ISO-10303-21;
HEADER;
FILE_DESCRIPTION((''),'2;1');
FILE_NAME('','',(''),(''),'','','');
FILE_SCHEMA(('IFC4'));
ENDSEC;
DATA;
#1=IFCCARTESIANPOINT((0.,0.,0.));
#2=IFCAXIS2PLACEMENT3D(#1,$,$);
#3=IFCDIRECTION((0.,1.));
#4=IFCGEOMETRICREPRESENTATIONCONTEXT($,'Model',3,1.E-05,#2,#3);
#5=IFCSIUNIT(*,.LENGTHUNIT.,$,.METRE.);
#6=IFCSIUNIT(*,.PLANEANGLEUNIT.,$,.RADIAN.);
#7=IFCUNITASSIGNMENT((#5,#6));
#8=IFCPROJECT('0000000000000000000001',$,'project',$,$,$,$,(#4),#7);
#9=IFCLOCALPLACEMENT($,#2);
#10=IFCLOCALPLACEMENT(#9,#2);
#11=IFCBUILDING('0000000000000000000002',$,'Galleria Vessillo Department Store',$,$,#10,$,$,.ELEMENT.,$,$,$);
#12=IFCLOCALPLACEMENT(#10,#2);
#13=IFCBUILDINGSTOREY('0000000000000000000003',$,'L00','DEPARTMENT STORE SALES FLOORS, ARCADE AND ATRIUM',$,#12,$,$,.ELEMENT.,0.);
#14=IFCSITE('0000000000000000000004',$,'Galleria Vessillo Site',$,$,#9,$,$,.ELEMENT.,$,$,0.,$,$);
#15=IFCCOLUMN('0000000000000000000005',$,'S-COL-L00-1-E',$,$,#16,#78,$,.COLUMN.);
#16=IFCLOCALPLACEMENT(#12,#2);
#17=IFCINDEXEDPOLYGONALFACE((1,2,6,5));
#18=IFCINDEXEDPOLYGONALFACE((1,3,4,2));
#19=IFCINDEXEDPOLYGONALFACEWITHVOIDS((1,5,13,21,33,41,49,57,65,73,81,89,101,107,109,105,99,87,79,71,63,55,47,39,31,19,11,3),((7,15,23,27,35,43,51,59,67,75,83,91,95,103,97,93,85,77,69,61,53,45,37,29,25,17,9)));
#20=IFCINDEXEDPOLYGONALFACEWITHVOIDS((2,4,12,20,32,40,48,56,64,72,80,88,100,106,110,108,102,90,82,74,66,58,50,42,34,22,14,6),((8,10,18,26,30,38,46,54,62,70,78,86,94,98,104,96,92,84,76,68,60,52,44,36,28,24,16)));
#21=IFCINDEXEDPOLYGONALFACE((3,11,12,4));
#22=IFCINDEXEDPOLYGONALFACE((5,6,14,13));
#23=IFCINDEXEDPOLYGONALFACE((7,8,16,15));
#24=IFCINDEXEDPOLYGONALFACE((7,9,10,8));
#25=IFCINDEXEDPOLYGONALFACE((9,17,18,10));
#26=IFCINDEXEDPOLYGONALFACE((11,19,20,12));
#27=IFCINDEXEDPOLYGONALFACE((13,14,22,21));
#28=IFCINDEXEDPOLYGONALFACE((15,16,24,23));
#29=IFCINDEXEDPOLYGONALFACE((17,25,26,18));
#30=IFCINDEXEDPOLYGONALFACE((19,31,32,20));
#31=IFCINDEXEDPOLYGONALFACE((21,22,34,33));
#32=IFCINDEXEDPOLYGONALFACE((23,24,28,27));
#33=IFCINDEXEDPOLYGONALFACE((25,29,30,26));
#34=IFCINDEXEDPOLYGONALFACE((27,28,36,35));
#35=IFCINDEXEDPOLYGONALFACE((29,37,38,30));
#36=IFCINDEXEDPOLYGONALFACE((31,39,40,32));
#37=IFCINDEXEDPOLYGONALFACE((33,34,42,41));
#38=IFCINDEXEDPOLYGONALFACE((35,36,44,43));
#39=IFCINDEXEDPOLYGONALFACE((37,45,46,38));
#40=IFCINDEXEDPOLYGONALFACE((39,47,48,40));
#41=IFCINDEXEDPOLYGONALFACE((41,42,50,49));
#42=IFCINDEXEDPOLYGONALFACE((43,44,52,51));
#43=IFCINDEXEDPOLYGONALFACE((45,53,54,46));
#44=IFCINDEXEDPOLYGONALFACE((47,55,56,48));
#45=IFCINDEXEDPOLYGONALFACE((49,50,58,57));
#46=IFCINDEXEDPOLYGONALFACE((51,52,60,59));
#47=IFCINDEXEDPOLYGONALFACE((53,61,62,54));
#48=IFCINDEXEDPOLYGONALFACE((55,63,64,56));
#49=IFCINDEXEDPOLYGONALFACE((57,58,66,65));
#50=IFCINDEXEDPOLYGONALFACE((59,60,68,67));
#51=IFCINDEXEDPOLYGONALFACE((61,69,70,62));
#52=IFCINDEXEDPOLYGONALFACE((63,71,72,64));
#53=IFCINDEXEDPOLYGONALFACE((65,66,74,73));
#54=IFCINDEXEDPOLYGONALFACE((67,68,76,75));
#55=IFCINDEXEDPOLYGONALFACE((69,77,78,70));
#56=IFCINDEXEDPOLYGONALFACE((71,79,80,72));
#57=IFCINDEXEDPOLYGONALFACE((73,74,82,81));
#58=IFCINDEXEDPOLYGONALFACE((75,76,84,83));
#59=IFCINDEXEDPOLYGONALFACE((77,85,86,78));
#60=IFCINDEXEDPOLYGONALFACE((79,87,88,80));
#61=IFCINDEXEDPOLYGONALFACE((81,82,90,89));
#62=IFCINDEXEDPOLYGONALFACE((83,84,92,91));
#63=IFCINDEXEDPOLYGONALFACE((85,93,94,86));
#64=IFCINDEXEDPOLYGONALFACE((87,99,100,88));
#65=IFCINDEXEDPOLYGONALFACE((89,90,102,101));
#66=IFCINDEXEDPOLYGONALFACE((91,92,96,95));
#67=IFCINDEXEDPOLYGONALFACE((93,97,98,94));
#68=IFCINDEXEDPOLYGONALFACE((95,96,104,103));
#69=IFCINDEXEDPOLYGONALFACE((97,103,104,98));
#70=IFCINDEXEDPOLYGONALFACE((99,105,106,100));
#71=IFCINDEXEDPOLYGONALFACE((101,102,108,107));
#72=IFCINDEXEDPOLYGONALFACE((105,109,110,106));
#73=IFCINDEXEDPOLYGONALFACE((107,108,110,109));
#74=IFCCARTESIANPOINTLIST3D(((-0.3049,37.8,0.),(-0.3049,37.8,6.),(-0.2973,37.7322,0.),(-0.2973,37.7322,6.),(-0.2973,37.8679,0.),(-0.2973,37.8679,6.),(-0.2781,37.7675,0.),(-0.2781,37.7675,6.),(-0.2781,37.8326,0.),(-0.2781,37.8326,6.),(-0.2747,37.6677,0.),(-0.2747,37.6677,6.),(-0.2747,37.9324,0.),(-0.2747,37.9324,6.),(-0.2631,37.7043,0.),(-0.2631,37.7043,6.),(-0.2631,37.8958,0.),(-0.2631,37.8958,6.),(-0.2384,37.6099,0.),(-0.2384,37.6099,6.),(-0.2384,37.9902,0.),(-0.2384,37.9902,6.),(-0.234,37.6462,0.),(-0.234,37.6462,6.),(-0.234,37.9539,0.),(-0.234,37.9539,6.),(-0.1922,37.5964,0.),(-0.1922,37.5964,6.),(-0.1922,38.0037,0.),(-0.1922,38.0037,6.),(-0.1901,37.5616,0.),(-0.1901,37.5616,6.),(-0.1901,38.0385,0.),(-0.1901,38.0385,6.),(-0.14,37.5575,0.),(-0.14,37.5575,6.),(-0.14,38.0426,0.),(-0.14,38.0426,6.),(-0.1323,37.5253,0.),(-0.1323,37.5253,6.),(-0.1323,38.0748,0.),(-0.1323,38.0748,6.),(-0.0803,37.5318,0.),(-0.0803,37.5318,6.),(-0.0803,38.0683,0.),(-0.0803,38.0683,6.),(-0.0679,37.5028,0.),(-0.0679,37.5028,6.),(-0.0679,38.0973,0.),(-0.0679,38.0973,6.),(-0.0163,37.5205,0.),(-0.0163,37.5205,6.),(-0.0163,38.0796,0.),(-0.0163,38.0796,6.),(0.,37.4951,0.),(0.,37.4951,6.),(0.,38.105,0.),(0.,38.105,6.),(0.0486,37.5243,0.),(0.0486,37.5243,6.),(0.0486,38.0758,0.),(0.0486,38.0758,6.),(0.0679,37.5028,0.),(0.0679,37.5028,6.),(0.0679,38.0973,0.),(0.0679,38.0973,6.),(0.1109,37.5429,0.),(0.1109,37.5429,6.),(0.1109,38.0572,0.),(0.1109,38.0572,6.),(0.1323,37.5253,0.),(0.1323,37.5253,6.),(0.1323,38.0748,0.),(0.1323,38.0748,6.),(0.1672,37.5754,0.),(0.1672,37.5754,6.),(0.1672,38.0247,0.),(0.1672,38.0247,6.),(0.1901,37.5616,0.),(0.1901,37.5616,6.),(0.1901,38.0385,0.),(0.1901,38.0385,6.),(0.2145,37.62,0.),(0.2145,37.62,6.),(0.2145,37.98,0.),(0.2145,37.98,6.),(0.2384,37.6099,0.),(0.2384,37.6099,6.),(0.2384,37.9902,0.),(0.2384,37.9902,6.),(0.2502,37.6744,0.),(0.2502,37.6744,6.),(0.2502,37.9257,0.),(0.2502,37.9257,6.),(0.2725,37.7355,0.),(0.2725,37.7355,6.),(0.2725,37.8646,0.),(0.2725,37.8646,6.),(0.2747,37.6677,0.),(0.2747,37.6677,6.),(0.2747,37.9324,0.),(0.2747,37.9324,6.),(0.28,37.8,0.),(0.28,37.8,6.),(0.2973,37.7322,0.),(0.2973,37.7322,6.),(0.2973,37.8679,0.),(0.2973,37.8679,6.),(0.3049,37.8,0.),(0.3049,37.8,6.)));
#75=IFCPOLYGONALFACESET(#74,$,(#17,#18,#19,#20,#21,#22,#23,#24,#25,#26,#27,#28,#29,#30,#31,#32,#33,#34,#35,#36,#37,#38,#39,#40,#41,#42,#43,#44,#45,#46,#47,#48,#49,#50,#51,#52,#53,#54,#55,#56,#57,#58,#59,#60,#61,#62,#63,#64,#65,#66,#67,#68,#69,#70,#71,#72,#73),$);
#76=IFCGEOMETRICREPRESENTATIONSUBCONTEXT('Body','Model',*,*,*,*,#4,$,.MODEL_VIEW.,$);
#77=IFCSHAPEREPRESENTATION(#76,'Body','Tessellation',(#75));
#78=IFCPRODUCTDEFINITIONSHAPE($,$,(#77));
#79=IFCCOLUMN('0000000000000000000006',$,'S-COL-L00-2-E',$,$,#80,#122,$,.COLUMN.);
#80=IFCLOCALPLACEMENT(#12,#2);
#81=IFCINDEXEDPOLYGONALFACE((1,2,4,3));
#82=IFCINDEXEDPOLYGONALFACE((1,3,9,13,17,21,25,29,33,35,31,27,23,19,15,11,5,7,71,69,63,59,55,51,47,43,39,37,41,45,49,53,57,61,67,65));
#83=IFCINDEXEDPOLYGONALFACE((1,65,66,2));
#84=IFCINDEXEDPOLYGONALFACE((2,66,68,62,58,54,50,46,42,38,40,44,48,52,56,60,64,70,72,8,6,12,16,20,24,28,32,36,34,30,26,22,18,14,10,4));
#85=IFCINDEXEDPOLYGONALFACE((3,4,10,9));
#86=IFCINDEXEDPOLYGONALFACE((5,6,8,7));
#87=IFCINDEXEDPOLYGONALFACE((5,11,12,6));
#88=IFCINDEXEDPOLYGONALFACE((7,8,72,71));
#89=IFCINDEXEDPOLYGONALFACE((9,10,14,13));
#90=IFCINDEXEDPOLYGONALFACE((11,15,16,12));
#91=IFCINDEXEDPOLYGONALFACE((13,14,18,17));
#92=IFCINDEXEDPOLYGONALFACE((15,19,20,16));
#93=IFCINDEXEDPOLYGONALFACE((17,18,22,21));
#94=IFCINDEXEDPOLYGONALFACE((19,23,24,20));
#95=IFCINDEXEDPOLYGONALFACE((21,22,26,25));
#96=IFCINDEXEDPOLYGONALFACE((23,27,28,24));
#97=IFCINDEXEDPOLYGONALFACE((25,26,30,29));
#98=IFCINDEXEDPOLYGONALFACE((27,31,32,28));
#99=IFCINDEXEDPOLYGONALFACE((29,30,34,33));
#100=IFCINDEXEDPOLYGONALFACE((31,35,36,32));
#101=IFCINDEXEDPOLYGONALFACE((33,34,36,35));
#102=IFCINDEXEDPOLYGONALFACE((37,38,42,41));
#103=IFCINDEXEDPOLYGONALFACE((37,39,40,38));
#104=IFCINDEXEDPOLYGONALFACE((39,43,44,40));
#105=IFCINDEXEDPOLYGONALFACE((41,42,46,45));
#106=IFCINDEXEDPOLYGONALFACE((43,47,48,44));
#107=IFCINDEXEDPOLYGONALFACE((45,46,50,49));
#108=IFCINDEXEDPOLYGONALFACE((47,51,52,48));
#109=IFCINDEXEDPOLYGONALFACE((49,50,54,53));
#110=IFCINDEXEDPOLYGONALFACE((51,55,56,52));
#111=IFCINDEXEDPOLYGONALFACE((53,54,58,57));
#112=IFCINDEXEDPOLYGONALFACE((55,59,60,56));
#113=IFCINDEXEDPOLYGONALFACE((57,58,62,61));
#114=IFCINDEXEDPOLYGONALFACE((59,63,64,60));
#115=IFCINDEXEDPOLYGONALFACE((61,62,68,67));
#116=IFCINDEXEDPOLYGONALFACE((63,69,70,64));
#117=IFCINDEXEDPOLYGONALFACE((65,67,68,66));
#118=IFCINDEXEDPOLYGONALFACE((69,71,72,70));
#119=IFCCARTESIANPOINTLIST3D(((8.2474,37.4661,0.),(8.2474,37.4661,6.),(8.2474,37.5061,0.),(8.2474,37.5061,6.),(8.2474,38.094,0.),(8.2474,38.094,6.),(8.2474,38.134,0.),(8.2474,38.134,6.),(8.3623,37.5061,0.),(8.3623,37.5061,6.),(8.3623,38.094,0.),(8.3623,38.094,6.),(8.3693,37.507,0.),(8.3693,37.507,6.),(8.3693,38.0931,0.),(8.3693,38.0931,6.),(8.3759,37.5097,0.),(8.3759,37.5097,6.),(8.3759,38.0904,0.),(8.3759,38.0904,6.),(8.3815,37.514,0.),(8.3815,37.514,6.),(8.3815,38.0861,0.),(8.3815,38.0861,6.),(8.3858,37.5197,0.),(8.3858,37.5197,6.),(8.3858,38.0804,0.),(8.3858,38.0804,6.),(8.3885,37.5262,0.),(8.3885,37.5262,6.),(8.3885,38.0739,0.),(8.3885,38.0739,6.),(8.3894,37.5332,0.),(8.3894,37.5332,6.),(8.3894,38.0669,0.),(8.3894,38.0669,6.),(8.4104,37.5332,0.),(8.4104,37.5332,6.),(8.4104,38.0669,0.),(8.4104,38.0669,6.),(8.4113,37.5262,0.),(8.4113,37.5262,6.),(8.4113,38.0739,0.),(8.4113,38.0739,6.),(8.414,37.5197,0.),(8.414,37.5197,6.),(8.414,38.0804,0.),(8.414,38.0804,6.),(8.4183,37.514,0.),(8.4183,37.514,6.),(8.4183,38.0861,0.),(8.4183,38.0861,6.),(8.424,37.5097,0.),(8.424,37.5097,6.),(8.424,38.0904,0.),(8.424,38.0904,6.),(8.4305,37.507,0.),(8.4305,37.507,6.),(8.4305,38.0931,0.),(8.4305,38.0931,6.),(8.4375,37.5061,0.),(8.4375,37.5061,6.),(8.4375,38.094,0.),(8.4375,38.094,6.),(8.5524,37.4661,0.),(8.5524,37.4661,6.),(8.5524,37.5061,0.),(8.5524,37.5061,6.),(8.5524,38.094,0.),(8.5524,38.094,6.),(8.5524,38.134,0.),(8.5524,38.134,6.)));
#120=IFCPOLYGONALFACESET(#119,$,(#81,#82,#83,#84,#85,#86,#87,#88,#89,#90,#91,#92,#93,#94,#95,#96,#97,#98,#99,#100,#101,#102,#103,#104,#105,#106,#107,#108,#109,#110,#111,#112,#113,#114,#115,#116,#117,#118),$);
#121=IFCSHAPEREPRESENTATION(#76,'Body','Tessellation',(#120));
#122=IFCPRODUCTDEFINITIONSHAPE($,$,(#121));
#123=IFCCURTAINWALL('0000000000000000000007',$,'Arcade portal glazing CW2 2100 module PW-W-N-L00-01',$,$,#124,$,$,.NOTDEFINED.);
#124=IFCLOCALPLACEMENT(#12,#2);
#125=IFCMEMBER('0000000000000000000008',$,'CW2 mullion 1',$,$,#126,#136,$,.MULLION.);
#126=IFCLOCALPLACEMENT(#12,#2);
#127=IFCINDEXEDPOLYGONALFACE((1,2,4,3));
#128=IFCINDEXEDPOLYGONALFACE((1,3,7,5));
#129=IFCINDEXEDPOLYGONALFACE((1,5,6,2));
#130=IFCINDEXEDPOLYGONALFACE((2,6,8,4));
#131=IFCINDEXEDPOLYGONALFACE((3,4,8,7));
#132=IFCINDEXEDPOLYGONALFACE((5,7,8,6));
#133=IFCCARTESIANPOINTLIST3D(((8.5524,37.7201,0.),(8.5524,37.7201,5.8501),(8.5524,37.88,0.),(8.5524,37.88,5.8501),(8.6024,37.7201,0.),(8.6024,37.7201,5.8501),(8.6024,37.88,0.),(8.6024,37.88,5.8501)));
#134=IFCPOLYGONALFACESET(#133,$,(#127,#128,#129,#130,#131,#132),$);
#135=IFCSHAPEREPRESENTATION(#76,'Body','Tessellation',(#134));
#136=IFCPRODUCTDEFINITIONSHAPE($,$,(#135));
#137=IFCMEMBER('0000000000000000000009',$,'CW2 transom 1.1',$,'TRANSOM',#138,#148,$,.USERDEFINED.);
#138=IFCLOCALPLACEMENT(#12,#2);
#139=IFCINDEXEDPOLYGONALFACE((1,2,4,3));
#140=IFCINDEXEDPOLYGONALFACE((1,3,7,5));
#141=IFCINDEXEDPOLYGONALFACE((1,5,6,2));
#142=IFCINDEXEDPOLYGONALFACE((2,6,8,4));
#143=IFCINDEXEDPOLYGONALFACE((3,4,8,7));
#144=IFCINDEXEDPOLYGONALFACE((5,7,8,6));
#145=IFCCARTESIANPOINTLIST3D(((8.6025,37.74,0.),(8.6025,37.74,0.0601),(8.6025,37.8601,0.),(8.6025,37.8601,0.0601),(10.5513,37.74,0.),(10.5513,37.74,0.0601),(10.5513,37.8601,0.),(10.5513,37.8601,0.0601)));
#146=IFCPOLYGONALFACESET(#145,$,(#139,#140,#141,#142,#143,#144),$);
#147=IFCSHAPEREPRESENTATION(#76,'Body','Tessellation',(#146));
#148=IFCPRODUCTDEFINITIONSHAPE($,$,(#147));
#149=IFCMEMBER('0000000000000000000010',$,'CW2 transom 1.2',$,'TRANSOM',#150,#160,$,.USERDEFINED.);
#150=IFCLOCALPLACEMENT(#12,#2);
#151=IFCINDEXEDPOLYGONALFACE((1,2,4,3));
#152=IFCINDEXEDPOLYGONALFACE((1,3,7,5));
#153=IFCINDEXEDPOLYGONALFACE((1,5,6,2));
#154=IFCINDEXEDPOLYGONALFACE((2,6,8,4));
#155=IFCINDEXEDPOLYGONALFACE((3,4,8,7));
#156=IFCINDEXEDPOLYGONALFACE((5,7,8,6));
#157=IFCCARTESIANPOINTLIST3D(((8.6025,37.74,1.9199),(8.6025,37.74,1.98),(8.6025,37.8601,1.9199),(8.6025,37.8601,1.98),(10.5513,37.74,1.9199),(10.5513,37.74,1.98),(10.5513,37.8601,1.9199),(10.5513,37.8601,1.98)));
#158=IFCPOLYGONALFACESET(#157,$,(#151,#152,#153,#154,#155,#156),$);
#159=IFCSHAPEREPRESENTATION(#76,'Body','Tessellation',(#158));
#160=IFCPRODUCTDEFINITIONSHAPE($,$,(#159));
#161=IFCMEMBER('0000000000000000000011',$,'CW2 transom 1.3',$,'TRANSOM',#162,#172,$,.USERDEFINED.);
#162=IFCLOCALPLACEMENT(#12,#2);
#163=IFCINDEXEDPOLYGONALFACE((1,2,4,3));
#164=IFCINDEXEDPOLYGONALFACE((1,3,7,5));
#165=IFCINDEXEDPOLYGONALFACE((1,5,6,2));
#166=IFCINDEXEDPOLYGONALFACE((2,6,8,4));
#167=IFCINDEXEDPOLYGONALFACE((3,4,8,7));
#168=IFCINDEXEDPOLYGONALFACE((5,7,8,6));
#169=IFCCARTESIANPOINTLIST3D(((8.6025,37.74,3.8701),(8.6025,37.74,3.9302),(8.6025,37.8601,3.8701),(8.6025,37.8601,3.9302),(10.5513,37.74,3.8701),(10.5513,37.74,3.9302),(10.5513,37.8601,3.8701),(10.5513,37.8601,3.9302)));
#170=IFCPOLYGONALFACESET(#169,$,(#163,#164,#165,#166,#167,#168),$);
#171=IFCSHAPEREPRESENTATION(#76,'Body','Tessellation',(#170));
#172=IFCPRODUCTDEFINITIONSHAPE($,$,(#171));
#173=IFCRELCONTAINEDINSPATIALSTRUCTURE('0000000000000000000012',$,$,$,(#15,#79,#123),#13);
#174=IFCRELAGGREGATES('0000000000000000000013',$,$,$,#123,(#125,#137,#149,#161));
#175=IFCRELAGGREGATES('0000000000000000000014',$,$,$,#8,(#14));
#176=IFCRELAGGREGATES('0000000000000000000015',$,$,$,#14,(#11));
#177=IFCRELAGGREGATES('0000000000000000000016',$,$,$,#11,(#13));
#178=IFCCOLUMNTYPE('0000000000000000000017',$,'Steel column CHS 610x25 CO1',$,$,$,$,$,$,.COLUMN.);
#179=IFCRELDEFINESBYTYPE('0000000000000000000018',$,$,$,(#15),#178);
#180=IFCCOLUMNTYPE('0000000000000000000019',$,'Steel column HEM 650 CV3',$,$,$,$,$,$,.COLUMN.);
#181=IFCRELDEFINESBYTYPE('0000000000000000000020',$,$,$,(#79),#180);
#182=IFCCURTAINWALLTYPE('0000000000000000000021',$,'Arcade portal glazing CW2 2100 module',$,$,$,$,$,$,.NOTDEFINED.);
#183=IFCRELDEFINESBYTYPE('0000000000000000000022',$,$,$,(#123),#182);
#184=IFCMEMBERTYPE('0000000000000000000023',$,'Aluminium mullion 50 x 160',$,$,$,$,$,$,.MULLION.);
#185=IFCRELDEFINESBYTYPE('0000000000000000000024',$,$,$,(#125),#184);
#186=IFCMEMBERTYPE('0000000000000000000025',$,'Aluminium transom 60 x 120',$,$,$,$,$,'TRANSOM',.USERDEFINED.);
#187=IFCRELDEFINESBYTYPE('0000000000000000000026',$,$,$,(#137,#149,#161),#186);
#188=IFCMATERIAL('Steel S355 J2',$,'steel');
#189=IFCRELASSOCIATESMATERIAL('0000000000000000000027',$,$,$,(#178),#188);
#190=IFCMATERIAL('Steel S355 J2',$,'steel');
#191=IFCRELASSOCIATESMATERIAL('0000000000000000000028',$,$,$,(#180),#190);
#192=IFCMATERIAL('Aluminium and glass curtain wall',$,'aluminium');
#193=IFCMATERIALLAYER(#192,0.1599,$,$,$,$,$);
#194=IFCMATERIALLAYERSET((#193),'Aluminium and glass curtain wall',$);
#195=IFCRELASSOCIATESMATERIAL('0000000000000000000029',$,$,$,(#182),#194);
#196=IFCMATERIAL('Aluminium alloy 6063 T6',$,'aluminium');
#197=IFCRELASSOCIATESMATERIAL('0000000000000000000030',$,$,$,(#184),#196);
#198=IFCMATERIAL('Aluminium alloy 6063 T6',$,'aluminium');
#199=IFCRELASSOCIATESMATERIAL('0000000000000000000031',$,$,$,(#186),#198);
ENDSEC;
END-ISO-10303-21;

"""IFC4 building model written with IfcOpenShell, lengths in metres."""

from ifc_helpers import new_model, si_unit, direction, frame, origin, origin_2d, place, context, subcontext, project, spatial, rectangle, hollow_circle, i_section, extrude, material, layer, layer_set, material_profile, profile_set, type_object, element, aggregate, save


model = new_model("IFC4")

# Units and contexts
model_context = context("Model", 3, precision=1e-05, world=origin(), true_north=direction((0.0, 1.0)))
body_context = subcontext(model_context, "Body", "Model", "MODEL_VIEW")
ifc_project = project(units=[si_unit("LENGTHUNIT", "METRE"), si_unit("PLANEANGLEUNIT", "RADIAN")], contexts=[model_context])

# Site, building, storey
site_placement = place(None, origin())
site = spatial("IfcSite", under=ifc_project, at=site_placement, Name="Galleria Vessillo Site", CompositionType="ELEMENT", RefElevation=0.0)
building_placement = place(site_placement, origin())
building = spatial("IfcBuilding", under=site, at=building_placement, Name="Galleria Vessillo Department Store", CompositionType="ELEMENT")
storey_placement = place(building_placement, origin())
storey = spatial("IfcBuildingStorey", under=building, at=storey_placement, Name="L00", Description="DEPARTMENT STORE SALES FLOORS, ARCADE AND ATRIUM", CompositionType="ELEMENT", Elevation=0.0)

# Columns
ifc_material_1 = material(Name="Steel S355 J2", Category="steel")
ifc_material_profile_1 = material_profile(ifc_material_1, hollow_circle(Radius=0.3049, WallThickness=0.0249, at=origin_2d()), Name="CHS 610x25")
ifc_profile_set_1 = profile_set([ifc_material_profile_1], Name="Steel S355 J2")
column_type_1 = type_object("IfcColumnType", Name="Steel column CHS 610x25 CO1", PredefinedType="COLUMN", material=ifc_profile_set_1)
column_1_placement = place(storey_placement, frame((0.0, 37.8, 0.0), z_axis=(0.0, 0.0, 1.0), x_axis=(1.0, 0.0, 0.0)))
element("IfcColumn", 1, at=column_1_placement, inside=storey, type_object=column_type_1, Name="S-COL-L00-1-E", PredefinedType="COLUMN", context=body_context, shape_type="SweptSolid", body=[
    extrude(hollow_circle(Radius=0.3049, WallThickness=0.0249, at=origin_2d()), origin(), (0.0, 0.0, 1.0), 6.0),
])
ifc_material_2 = material(Name="Steel S355 J2", Category="steel")
ifc_material_profile_2 = material_profile(ifc_material_2, i_section(OverallWidth=0.3049, OverallDepth=0.668, WebThickness=0.021, FlangeThickness=0.04, FilletRadius=0.0271, at=origin_2d()), Name="HEM 650")
ifc_profile_set_2 = profile_set([ifc_material_profile_2], Name="Steel S355 J2")
column_type_2 = type_object("IfcColumnType", Name="Steel column HEM 650 CV3", PredefinedType="COLUMN", material=ifc_profile_set_2)
column_2_placement = place(storey_placement, frame((8.3999, 37.8, 0.0), z_axis=(0.0, 0.0, 1.0), x_axis=(1.0, 0.0, 0.0)))
element("IfcColumn", 2, at=column_2_placement, inside=storey, type_object=column_type_2, Name="S-COL-L00-2-E", PredefinedType="COLUMN", context=body_context, shape_type="SweptSolid", body=[
    extrude(i_section(OverallWidth=0.3049, OverallDepth=0.668, WebThickness=0.021, FlangeThickness=0.04, FilletRadius=0.0271, at=origin_2d()), origin(), (0.0, 0.0, 1.0), 6.0),
])

# Curtain wall, members
ifc_material_3 = material(Name="Aluminium and glass curtain wall", Category="aluminium")
ifc_layer_1 = layer(ifc_material_3, 0.1599)
ifc_layer_set_1 = layer_set([ifc_layer_1], Name="Aluminium and glass curtain wall")
curtain_wall_type = type_object("IfcCurtainWallType", Name="Arcade portal glazing CW2 2100 module", PredefinedType="NOTDEFINED", material=ifc_layer_set_1)
curtain_wall_placement = place(storey_placement, origin())
curtain_wall = element("IfcCurtainWall", 3, at=curtain_wall_placement, inside=storey, type_object=curtain_wall_type, Name="Arcade portal glazing CW2 2100 module PW-W-N-L00-01", PredefinedType="NOTDEFINED")
ifc_material_4 = material(Name="Aluminium alloy 6063 T6", Category="aluminium")
ifc_material_profile_3 = material_profile(ifc_material_4, rectangle(XDim=0.1599, YDim=0.05, at=origin_2d()), Name="AL 50x160")
ifc_profile_set_3 = profile_set([ifc_material_profile_3], Name="Aluminium alloy 6063 T6")
member_type_1 = type_object("IfcMemberType", Name="Aluminium mullion 50 x 160", PredefinedType="MULLION", material=ifc_profile_set_3)
member_1_placement = place(storey_placement, frame((8.5774, 37.8, 0.0), z_axis=(0.0, 0.0, 1.0), x_axis=(0.0, 1.0, 0.0)))
member_1 = element("IfcMember", 4, at=member_1_placement, type_object=member_type_1, Name="CW2 mullion 1", PredefinedType="MULLION", context=body_context, shape_type="SweptSolid", body=[
    extrude(rectangle(XDim=0.1599, YDim=0.05, at=origin_2d()), origin(), (0.0, 0.0, 1.0), 5.8501),
])
ifc_material_5 = material(Name="Aluminium alloy 6063 T6", Category="aluminium")
ifc_material_profile_4 = material_profile(ifc_material_5, rectangle(XDim=0.1201, YDim=0.0601, at=origin_2d()), Name="AL 60x120")
ifc_profile_set_4 = profile_set([ifc_material_profile_4], Name="Aluminium alloy 6063 T6")
member_type_2 = type_object("IfcMemberType", Name="Aluminium transom 60 x 120", ElementType="TRANSOM", PredefinedType="USERDEFINED", material=ifc_profile_set_4)
member_2_placement = place(storey_placement, frame((8.6025, 37.8, 0.03), z_axis=(1.0, 0.0, 0.0), x_axis=(0.0, 1.0, 0.0)))
member_2 = element("IfcMember", 5, at=member_2_placement, type_object=member_type_2, Name="CW2 transom 1.1", ObjectType="TRANSOM", PredefinedType="USERDEFINED", context=body_context, shape_type="SweptSolid", body=[
    extrude(rectangle(XDim=0.1201, YDim=0.0601, at=origin_2d()), origin(), (0.0, 0.0, 1.0), 1.9487),
])
member_3_placement = place(storey_placement, frame((8.6025, 37.8, 1.95), z_axis=(1.0, 0.0, 0.0), x_axis=(0.0, 1.0, 0.0)))
member_3 = element("IfcMember", 6, at=member_3_placement, type_object=member_type_2, Name="CW2 transom 1.2", ObjectType="TRANSOM", PredefinedType="USERDEFINED", context=body_context, shape_type="SweptSolid", body=[
    extrude(rectangle(XDim=0.1201, YDim=0.0601, at=origin_2d()), origin(), (0.0, 0.0, 1.0), 1.9487),
])
member_4_placement = place(storey_placement, frame((8.6025, 37.8, 3.9001), z_axis=(1.0, 0.0, 0.0), x_axis=(0.0, 1.0, 0.0)))
member_4 = element("IfcMember", 7, at=member_4_placement, type_object=member_type_2, Name="CW2 transom 1.3", ObjectType="TRANSOM", PredefinedType="USERDEFINED", context=body_context, shape_type="SweptSolid", body=[
    extrude(rectangle(XDim=0.1201, YDim=0.0601, at=origin_2d()), origin(), (0.0, 0.0, 1.0), 1.9487),
])
aggregate(curtain_wall, [member_1, member_2, member_3, member_4])

save(model, "model.ifc")
